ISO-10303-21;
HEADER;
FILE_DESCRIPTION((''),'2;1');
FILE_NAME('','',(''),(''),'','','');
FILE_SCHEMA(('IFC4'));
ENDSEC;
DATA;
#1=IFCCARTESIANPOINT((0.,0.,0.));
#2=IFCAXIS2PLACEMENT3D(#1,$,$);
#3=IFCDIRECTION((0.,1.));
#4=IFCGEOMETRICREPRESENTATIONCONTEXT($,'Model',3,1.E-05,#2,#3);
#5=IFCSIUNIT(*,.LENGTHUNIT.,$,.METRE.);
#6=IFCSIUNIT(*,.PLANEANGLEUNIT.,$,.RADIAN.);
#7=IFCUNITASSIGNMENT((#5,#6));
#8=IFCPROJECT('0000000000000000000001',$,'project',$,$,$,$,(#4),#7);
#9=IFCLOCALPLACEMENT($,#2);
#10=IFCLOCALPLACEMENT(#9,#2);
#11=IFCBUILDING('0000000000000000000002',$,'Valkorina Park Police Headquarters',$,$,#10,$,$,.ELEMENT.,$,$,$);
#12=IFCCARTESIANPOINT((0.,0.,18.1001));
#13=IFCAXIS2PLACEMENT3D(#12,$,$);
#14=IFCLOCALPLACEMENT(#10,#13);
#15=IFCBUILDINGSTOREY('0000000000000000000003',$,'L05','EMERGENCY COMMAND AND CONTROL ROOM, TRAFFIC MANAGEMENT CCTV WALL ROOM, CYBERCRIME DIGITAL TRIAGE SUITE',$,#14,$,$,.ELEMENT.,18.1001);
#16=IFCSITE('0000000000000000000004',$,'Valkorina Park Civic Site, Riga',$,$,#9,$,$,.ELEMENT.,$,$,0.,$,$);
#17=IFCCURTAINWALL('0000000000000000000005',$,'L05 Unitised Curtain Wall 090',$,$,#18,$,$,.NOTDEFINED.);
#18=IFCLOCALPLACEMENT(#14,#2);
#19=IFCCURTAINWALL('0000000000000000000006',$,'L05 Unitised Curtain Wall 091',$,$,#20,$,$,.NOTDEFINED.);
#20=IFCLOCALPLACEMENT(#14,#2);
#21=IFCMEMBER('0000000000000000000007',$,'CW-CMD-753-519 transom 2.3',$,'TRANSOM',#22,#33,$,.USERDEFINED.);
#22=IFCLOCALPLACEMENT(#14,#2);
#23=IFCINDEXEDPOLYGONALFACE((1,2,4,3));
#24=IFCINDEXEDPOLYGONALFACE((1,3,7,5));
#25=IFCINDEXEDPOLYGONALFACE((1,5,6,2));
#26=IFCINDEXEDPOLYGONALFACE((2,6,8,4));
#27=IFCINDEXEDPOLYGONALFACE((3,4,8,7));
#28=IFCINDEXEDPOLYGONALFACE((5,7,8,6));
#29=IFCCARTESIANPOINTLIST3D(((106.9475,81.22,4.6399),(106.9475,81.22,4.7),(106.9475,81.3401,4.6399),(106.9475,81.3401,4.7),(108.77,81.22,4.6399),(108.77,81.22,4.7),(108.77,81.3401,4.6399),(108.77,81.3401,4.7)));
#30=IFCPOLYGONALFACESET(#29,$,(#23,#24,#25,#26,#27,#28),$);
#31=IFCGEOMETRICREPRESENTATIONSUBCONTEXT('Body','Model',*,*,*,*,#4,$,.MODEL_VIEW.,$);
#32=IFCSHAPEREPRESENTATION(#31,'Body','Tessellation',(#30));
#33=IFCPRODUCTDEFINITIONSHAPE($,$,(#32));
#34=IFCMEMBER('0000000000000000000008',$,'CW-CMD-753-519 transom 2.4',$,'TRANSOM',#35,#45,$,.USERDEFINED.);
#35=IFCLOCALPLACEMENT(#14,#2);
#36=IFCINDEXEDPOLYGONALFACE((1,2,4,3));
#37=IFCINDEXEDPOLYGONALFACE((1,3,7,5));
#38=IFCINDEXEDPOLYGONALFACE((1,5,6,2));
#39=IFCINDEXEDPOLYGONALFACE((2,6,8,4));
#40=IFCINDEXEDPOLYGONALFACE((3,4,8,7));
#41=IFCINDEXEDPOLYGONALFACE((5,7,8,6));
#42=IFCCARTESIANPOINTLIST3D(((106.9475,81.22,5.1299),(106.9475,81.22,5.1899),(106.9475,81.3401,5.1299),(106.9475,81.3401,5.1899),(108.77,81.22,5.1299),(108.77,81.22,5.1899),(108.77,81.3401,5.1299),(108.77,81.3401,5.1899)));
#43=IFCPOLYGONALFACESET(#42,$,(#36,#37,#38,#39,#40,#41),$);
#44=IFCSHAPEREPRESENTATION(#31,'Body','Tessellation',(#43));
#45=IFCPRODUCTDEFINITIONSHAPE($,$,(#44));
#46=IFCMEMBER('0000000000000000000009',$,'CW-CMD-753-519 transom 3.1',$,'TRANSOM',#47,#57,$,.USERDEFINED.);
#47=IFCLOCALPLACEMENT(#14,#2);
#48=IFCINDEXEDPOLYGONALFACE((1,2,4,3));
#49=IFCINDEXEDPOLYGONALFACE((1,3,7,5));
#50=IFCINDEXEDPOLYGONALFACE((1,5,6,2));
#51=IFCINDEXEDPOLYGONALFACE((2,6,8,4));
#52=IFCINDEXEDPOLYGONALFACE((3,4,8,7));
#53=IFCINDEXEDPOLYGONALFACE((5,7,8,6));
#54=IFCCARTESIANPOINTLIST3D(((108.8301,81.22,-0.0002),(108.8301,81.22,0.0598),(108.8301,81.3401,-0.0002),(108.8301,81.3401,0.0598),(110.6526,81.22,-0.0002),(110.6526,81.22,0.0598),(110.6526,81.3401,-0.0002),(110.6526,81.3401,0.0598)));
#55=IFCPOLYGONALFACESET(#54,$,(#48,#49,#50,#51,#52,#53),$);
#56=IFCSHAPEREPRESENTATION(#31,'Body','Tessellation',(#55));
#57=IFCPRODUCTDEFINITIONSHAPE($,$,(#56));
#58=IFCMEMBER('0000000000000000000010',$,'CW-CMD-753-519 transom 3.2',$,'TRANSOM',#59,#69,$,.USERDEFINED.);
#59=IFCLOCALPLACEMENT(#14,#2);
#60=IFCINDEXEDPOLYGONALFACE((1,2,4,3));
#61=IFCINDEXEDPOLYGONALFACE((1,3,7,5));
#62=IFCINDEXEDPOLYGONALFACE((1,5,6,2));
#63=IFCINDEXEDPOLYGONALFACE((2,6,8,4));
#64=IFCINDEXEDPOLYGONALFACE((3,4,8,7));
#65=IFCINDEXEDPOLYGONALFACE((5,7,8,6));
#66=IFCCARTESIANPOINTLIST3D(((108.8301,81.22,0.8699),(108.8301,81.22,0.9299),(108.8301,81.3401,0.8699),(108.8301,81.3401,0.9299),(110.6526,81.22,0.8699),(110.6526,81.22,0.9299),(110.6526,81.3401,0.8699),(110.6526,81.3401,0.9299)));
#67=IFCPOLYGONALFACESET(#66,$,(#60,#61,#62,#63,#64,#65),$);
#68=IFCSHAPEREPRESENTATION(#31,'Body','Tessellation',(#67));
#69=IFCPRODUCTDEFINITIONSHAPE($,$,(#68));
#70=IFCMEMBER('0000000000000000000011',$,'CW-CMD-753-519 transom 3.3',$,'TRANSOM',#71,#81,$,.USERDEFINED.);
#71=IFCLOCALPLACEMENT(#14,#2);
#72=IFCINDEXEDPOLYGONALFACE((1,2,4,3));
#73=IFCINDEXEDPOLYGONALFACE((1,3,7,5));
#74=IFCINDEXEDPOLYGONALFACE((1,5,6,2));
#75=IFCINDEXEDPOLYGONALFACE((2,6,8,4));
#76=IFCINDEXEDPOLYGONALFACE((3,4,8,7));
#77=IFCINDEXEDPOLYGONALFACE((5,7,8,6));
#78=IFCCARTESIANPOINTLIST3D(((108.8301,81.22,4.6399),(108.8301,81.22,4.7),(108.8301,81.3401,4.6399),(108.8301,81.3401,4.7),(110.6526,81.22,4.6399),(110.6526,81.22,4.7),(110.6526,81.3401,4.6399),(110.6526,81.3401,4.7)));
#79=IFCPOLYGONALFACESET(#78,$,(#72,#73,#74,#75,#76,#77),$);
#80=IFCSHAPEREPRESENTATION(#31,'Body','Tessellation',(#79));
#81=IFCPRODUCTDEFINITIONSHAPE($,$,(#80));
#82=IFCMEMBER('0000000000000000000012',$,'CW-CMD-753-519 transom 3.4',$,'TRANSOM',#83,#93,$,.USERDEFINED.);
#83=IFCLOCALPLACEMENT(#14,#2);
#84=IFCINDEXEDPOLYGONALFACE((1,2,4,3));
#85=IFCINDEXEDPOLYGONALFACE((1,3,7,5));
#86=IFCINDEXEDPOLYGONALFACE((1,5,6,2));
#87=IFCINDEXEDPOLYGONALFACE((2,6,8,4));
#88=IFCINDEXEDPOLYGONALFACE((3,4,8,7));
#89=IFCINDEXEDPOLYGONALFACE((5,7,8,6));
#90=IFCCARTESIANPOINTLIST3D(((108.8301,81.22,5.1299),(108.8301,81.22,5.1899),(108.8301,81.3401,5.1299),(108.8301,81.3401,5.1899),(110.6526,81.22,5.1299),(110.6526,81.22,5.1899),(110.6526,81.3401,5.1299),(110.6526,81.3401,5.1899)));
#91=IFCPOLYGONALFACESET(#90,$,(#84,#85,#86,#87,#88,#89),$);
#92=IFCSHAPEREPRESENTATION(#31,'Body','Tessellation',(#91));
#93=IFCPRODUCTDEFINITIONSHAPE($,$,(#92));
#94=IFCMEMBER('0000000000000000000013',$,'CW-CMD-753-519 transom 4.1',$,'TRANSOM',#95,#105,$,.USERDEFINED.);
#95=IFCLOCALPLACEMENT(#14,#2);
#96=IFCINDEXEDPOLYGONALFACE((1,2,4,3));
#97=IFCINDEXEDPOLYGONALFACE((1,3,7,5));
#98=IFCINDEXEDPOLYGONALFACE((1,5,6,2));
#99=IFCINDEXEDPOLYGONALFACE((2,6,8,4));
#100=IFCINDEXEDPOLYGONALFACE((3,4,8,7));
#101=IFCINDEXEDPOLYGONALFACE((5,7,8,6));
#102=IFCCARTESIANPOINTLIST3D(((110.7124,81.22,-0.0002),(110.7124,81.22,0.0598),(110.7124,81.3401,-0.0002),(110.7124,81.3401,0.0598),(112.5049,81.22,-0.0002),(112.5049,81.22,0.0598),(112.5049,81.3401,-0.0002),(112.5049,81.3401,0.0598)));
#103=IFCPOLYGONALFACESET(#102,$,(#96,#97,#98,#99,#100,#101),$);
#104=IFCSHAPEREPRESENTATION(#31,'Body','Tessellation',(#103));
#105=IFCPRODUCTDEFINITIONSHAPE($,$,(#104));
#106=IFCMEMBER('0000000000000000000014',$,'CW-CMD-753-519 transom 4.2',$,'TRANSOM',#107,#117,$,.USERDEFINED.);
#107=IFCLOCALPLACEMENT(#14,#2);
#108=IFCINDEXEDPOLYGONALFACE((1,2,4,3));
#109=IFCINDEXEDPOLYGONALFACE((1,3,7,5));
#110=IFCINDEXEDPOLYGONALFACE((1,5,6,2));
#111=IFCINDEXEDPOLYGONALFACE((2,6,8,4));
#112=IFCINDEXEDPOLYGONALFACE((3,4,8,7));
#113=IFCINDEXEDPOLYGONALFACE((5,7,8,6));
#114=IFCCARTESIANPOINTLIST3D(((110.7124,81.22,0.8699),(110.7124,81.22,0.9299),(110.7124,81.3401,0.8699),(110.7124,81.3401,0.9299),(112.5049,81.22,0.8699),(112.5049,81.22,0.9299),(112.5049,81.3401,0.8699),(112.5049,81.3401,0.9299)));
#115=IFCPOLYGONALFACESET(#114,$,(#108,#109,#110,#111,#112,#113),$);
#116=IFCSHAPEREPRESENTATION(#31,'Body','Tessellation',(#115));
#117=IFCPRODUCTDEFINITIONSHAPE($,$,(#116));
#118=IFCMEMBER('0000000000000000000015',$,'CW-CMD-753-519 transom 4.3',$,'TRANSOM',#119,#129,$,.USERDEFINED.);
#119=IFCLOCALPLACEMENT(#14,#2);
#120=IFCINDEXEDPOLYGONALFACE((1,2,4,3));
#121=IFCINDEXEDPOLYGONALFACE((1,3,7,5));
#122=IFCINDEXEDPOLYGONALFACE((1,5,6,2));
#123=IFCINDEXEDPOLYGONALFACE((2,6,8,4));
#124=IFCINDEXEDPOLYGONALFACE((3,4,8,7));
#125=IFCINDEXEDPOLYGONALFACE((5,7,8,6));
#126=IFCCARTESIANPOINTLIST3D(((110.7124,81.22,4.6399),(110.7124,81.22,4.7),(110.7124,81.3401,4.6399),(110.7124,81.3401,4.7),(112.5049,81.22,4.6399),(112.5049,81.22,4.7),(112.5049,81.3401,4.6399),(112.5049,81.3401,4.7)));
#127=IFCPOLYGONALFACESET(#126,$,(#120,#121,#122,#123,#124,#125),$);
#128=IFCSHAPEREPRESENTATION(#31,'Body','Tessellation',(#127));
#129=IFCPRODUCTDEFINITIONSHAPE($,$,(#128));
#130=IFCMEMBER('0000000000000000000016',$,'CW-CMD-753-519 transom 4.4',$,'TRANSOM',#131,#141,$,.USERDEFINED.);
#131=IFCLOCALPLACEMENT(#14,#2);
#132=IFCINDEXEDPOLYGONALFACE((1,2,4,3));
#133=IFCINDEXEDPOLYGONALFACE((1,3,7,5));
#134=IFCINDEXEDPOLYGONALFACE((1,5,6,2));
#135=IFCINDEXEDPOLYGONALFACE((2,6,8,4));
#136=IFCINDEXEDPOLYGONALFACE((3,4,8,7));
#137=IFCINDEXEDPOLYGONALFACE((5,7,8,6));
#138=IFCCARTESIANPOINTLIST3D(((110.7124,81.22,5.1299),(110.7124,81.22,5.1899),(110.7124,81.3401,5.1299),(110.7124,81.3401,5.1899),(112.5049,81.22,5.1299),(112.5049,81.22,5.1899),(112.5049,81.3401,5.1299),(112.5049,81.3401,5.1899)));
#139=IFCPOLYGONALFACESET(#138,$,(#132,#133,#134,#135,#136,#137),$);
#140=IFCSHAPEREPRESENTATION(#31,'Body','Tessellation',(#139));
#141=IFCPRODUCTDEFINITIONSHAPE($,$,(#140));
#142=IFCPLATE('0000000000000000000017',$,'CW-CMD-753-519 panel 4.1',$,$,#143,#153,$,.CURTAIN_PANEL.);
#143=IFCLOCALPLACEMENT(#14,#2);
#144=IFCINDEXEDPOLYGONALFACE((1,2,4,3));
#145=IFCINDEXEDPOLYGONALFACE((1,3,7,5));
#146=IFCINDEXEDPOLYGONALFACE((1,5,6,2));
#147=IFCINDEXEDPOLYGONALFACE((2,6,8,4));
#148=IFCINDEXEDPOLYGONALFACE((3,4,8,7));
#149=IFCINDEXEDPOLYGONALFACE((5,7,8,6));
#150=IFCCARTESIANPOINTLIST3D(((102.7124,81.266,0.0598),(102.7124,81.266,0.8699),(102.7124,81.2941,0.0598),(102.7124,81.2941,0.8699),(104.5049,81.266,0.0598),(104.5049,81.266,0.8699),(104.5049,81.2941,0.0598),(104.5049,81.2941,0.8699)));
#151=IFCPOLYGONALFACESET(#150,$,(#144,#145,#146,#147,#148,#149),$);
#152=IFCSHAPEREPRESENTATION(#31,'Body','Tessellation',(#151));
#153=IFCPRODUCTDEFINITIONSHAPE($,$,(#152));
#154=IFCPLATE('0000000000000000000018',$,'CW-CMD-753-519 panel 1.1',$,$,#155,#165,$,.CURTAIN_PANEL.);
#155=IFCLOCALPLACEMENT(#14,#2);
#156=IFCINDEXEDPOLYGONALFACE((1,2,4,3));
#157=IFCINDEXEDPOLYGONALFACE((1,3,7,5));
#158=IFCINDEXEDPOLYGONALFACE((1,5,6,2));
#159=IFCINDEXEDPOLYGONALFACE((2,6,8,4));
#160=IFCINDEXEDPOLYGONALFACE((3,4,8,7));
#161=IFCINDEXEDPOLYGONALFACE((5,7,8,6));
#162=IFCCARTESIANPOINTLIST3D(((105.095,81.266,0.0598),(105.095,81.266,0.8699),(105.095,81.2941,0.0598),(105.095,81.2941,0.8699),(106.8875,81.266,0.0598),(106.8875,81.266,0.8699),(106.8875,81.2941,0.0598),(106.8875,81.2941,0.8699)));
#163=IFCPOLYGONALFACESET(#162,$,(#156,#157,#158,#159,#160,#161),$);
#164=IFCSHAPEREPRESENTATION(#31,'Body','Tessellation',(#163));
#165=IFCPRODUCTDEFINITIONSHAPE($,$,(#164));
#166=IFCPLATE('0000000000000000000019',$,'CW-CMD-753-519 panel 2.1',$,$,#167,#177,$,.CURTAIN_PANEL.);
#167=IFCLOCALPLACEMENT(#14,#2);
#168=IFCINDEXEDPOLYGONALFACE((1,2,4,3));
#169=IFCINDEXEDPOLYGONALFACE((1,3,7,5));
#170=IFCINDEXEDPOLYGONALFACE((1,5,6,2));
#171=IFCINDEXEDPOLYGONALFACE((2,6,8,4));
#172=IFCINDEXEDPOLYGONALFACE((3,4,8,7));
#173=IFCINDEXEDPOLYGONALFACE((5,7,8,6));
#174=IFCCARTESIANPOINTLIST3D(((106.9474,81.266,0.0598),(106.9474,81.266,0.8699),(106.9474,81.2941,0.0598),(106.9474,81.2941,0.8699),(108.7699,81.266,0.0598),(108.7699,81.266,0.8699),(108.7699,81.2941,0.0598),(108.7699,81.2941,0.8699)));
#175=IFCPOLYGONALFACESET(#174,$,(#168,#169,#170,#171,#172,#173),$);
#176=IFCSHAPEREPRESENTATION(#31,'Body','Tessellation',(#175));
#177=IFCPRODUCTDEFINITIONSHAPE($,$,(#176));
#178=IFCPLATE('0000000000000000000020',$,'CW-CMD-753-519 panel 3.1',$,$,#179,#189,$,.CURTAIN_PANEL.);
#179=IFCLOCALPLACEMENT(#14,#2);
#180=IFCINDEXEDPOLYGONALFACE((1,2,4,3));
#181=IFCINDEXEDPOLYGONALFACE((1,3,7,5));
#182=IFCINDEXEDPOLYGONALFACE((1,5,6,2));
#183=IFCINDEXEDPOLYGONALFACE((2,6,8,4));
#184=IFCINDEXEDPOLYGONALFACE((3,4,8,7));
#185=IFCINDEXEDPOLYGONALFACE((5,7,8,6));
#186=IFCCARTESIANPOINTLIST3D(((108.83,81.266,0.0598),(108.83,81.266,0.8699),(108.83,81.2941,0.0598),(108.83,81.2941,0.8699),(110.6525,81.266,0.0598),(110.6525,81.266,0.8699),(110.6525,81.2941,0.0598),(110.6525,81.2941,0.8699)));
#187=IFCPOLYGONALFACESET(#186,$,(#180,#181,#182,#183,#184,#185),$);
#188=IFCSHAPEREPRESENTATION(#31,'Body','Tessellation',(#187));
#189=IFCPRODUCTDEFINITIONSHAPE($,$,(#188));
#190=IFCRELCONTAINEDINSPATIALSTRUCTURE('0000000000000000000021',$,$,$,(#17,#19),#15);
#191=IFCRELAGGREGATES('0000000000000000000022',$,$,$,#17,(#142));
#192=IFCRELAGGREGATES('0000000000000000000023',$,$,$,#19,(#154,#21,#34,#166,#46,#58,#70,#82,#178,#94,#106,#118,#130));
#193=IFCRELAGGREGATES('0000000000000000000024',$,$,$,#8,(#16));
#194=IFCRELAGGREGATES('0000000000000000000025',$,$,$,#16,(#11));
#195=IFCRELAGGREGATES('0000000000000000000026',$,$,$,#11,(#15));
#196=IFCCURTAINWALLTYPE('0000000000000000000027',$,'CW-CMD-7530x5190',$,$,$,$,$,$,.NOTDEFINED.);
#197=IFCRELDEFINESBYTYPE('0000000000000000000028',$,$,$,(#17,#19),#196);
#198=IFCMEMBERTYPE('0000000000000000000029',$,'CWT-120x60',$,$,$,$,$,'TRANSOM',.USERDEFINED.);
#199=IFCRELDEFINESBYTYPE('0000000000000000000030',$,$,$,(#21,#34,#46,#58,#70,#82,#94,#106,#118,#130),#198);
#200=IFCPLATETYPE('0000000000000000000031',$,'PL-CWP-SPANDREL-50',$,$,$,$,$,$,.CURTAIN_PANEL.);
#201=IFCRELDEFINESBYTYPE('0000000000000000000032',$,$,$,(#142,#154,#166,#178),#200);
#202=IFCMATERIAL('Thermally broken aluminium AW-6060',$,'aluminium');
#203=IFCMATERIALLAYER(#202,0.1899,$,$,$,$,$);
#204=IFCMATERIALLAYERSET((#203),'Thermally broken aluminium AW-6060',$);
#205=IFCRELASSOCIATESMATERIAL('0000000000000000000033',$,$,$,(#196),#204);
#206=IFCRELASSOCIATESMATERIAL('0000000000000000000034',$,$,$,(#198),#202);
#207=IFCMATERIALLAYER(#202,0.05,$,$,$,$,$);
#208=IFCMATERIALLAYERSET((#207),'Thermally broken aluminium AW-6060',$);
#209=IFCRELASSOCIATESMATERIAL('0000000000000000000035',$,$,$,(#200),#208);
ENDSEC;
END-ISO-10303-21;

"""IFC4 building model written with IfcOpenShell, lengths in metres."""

from ifc_helpers import new_model, si_unit, direction, frame, origin, origin_2d, place, context, subcontext, project, spatial, rectangle, extrude, material, layer, layer_set, material_profile, profile_set, type_object, element, aggregate, save


model = new_model("IFC4")

# Units and contexts
model_context = context("Model", 3, precision=1e-05, world=origin(), true_north=direction((0.0, 1.0)))
body_context = subcontext(model_context, "Body", "Model", "MODEL_VIEW")
ifc_project = project(units=[si_unit("LENGTHUNIT", "METRE"), si_unit("PLANEANGLEUNIT", "RADIAN")], contexts=[model_context])

# Site, building, storey
site_placement = place(None, origin())
site = spatial("IfcSite", under=ifc_project, at=site_placement, Name="Valkorina Park Civic Site, Riga", CompositionType="ELEMENT", RefElevation=0.0)
building_placement = place(site_placement, origin())
building = spatial("IfcBuilding", under=site, at=building_placement, Name="Valkorina Park Police Headquarters", CompositionType="ELEMENT")
storey_placement = place(building_placement, frame((0.0, 0.0, 18.1001)))
storey = spatial("IfcBuildingStorey", under=building, at=storey_placement, Name="L05", Description="EMERGENCY COMMAND AND CONTROL ROOM, TRAFFIC MANAGEMENT CCTV WALL ROOM, CYBERCRIME DIGITAL TRIAGE SUITE", CompositionType="ELEMENT", Elevation=18.1001)

# Curtain wall
ifc_material_1 = material(Name="Thermally broken aluminium AW-6060", Category="aluminium")
ifc_layer_1 = layer(ifc_material_1, 0.1899)
ifc_layer_set_1 = layer_set([ifc_layer_1], Name="Thermally broken aluminium AW-6060")
curtain_wall_type = type_object("IfcCurtainWallType", Name="CW-CMD-7530x5190", PredefinedType="NOTDEFINED", material=ifc_layer_set_1)
curtain_wall_1_placement = place(storey_placement, origin())
curtain_wall_1 = element("IfcCurtainWall", 1, at=curtain_wall_1_placement, inside=storey, type_object=curtain_wall_type, Name="L05 Unitised Curtain Wall 090", PredefinedType="NOTDEFINED")

# Curtain wall
curtain_wall_2_placement = place(storey_placement, origin())
curtain_wall_2 = element("IfcCurtainWall", 2, at=curtain_wall_2_placement, inside=storey, type_object=curtain_wall_type, Name="L05 Unitised Curtain Wall 091", PredefinedType="NOTDEFINED")

# Members
ifc_material_profile_1 = material_profile(ifc_material_1, rectangle(XDim=0.1201, YDim=0.0601, at=origin_2d()), Name="CWT-01 120x60")
ifc_profile_set_1 = profile_set([ifc_material_profile_1], Name="Thermally broken aluminium AW-6060")
member_type_1 = type_object("IfcMemberType", Name="CWT-120x60", ElementType="TRANSOM", PredefinedType="USERDEFINED", material=ifc_profile_set_1)
member_1_placement = place(storey_placement, frame((106.9475, 81.28, 4.6699), z_axis=(1.0, 0.0, 0.0), x_axis=(0.0, 1.0, 0.0)))
member_1 = element("IfcMember", 3, at=member_1_placement, type_object=member_type_1, Name="CW-CMD-753-519 transom 2.3", ObjectType="TRANSOM", PredefinedType="USERDEFINED", context=body_context, shape_type="SweptSolid", body=[
    extrude(rectangle(XDim=0.1201, YDim=0.0601, at=origin_2d()), origin(), (0.0, 0.0, 1.0), 1.8225),
])
member_2_placement = place(storey_placement, frame((106.9475, 81.28, 5.1599), z_axis=(1.0, 0.0, 0.0), x_axis=(0.0, 1.0, 0.0)))
member_2 = element("IfcMember", 4, at=member_2_placement, type_object=member_type_1, Name="CW-CMD-753-519 transom 2.4", ObjectType="TRANSOM", PredefinedType="USERDEFINED", context=body_context, shape_type="SweptSolid", body=[
    extrude(rectangle(XDim=0.1201, YDim=0.0601, at=origin_2d()), origin(), (0.0, 0.0, 1.0), 1.8225),
])
member_3_placement = place(storey_placement, frame((108.8301, 81.28, 0.0298), z_axis=(1.0, 0.0, 0.0), x_axis=(0.0, 1.0, 0.0)))
member_3 = element("IfcMember", 5, at=member_3_placement, type_object=member_type_1, Name="CW-CMD-753-519 transom 3.1", ObjectType="TRANSOM", PredefinedType="USERDEFINED", context=body_context, shape_type="SweptSolid", body=[
    extrude(rectangle(XDim=0.1201, YDim=0.0601, at=origin_2d()), origin(), (0.0, 0.0, 1.0), 1.8225),
])
member_4_placement = place(storey_placement, frame((108.8301, 81.28, 0.8999), z_axis=(1.0, 0.0, 0.0), x_axis=(0.0, 1.0, 0.0)))
member_4 = element("IfcMember", 6, at=member_4_placement, type_object=member_type_1, Name="CW-CMD-753-519 transom 3.2", ObjectType="TRANSOM", PredefinedType="USERDEFINED", context=body_context, shape_type="SweptSolid", body=[
    extrude(rectangle(XDim=0.1201, YDim=0.0601, at=origin_2d()), origin(), (0.0, 0.0, 1.0), 1.8225),
])
member_5_placement = place(storey_placement, frame((108.8301, 81.28, 4.6699), z_axis=(1.0, 0.0, 0.0), x_axis=(0.0, 1.0, 0.0)))
member_5 = element("IfcMember", 7, at=member_5_placement, type_object=member_type_1, Name="CW-CMD-753-519 transom 3.3", ObjectType="TRANSOM", PredefinedType="USERDEFINED", context=body_context, shape_type="SweptSolid", body=[
    extrude(rectangle(XDim=0.1201, YDim=0.0601, at=origin_2d()), origin(), (0.0, 0.0, 1.0), 1.8225),
])
member_6_placement = place(storey_placement, frame((108.8301, 81.28, 5.1599), z_axis=(1.0, 0.0, 0.0), x_axis=(0.0, 1.0, 0.0)))
member_6 = element("IfcMember", 8, at=member_6_placement, type_object=member_type_1, Name="CW-CMD-753-519 transom 3.4", ObjectType="TRANSOM", PredefinedType="USERDEFINED", context=body_context, shape_type="SweptSolid", body=[
    extrude(rectangle(XDim=0.1201, YDim=0.0601, at=origin_2d()), origin(), (0.0, 0.0, 1.0), 1.8225),
])
member_7_placement = place(storey_placement, frame((110.7124, 81.28, 0.0298), z_axis=(1.0, 0.0, 0.0), x_axis=(0.0, 1.0, 0.0)))
member_7 = element("IfcMember", 9, at=member_7_placement, type_object=member_type_1, Name="CW-CMD-753-519 transom 4.1", ObjectType="TRANSOM", PredefinedType="USERDEFINED", context=body_context, shape_type="SweptSolid", body=[
    extrude(rectangle(XDim=0.1201, YDim=0.0601, at=origin_2d()), origin(), (0.0, 0.0, 1.0), 1.7925),
])
member_8_placement = place(storey_placement, frame((110.7124, 81.28, 0.8999), z_axis=(1.0, 0.0, 0.0), x_axis=(0.0, 1.0, 0.0)))
member_8 = element("IfcMember", 10, at=member_8_placement, type_object=member_type_1, Name="CW-CMD-753-519 transom 4.2", ObjectType="TRANSOM", PredefinedType="USERDEFINED", context=body_context, shape_type="SweptSolid", body=[
    extrude(rectangle(XDim=0.1201, YDim=0.0601, at=origin_2d()), origin(), (0.0, 0.0, 1.0), 1.7925),
])
member_9_placement = place(storey_placement, frame((110.7124, 81.28, 4.6699), z_axis=(1.0, 0.0, 0.0), x_axis=(0.0, 1.0, 0.0)))
member_9 = element("IfcMember", 11, at=member_9_placement, type_object=member_type_1, Name="CW-CMD-753-519 transom 4.3", ObjectType="TRANSOM", PredefinedType="USERDEFINED", context=body_context, shape_type="SweptSolid", body=[
    extrude(rectangle(XDim=0.1201, YDim=0.0601, at=origin_2d()), origin(), (0.0, 0.0, 1.0), 1.7925),
])
member_10_placement = place(storey_placement, frame((110.7124, 81.28, 5.1599), z_axis=(1.0, 0.0, 0.0), x_axis=(0.0, 1.0, 0.0)))
member_10 = element("IfcMember", 12, at=member_10_placement, type_object=member_type_1, Name="CW-CMD-753-519 transom 4.4", ObjectType="TRANSOM", PredefinedType="USERDEFINED", context=body_context, shape_type="SweptSolid", body=[
    extrude(rectangle(XDim=0.1201, YDim=0.0601, at=origin_2d()), origin(), (0.0, 0.0, 1.0), 1.7925),
])

# Plates
ifc_layer_2 = layer(ifc_material_1, 0.05)
ifc_layer_set_2 = layer_set([ifc_layer_2], Name="Thermally broken aluminium AW-6060")
plate_type_1 = type_object("IfcPlateType", Name="PL-CWP-SPANDREL-50", PredefinedType="CURTAIN_PANEL", material=ifc_layer_set_2)
plate_1_placement = place(storey_placement, frame((103.6086, 81.28, 0.0598), z_axis=(0.0, 0.0, 1.0), x_axis=(1.0, 0.0, 0.0)))
plate_1 = element("IfcPlate", 13, at=plate_1_placement, type_object=plate_type_1, Name="CW-CMD-753-519 panel 4.1", PredefinedType="CURTAIN_PANEL", context=body_context, shape_type="SweptSolid", body=[
    extrude(rectangle(XDim=1.7925, YDim=0.0281, at=origin_2d()), origin(), (0.0, 0.0, 1.0), 0.8101),
])
plate_2_placement = place(storey_placement, frame((105.9912, 81.28, 0.0598), z_axis=(0.0, 0.0, 1.0), x_axis=(1.0, 0.0, 0.0)))
plate_2 = element("IfcPlate", 14, at=plate_2_placement, type_object=plate_type_1, Name="CW-CMD-753-519 panel 1.1", PredefinedType="CURTAIN_PANEL", context=body_context, shape_type="SweptSolid", body=[
    extrude(rectangle(XDim=1.7925, YDim=0.0281, at=origin_2d()), origin(), (0.0, 0.0, 1.0), 0.8101),
])
plate_3_placement = place(storey_placement, frame((107.8586, 81.28, 0.0598), z_axis=(0.0, 0.0, 1.0), x_axis=(1.0, 0.0, 0.0)))
plate_3 = element("IfcPlate", 15, at=plate_3_placement, type_object=plate_type_1, Name="CW-CMD-753-519 panel 2.1", PredefinedType="CURTAIN_PANEL", context=body_context, shape_type="SweptSolid", body=[
    extrude(rectangle(XDim=1.8225, YDim=0.0281, at=origin_2d()), origin(), (0.0, 0.0, 1.0), 0.8101),
])
plate_4_placement = place(storey_placement, frame((109.7412, 81.28, 0.0598), z_axis=(0.0, 0.0, 1.0), x_axis=(1.0, 0.0, 0.0)))
plate_4 = element("IfcPlate", 16, at=plate_4_placement, type_object=plate_type_1, Name="CW-CMD-753-519 panel 3.1", PredefinedType="CURTAIN_PANEL", context=body_context, shape_type="SweptSolid", body=[
    extrude(rectangle(XDim=1.8225, YDim=0.0281, at=origin_2d()), origin(), (0.0, 0.0, 1.0), 0.8101),
])
aggregate(curtain_wall_1, [plate_1])
aggregate(curtain_wall_2, [plate_2, member_1, member_2, plate_3, member_3, member_4, member_5, member_6, plate_4, member_7, member_8, member_9, member_10])

save(model, "model.ifc")
